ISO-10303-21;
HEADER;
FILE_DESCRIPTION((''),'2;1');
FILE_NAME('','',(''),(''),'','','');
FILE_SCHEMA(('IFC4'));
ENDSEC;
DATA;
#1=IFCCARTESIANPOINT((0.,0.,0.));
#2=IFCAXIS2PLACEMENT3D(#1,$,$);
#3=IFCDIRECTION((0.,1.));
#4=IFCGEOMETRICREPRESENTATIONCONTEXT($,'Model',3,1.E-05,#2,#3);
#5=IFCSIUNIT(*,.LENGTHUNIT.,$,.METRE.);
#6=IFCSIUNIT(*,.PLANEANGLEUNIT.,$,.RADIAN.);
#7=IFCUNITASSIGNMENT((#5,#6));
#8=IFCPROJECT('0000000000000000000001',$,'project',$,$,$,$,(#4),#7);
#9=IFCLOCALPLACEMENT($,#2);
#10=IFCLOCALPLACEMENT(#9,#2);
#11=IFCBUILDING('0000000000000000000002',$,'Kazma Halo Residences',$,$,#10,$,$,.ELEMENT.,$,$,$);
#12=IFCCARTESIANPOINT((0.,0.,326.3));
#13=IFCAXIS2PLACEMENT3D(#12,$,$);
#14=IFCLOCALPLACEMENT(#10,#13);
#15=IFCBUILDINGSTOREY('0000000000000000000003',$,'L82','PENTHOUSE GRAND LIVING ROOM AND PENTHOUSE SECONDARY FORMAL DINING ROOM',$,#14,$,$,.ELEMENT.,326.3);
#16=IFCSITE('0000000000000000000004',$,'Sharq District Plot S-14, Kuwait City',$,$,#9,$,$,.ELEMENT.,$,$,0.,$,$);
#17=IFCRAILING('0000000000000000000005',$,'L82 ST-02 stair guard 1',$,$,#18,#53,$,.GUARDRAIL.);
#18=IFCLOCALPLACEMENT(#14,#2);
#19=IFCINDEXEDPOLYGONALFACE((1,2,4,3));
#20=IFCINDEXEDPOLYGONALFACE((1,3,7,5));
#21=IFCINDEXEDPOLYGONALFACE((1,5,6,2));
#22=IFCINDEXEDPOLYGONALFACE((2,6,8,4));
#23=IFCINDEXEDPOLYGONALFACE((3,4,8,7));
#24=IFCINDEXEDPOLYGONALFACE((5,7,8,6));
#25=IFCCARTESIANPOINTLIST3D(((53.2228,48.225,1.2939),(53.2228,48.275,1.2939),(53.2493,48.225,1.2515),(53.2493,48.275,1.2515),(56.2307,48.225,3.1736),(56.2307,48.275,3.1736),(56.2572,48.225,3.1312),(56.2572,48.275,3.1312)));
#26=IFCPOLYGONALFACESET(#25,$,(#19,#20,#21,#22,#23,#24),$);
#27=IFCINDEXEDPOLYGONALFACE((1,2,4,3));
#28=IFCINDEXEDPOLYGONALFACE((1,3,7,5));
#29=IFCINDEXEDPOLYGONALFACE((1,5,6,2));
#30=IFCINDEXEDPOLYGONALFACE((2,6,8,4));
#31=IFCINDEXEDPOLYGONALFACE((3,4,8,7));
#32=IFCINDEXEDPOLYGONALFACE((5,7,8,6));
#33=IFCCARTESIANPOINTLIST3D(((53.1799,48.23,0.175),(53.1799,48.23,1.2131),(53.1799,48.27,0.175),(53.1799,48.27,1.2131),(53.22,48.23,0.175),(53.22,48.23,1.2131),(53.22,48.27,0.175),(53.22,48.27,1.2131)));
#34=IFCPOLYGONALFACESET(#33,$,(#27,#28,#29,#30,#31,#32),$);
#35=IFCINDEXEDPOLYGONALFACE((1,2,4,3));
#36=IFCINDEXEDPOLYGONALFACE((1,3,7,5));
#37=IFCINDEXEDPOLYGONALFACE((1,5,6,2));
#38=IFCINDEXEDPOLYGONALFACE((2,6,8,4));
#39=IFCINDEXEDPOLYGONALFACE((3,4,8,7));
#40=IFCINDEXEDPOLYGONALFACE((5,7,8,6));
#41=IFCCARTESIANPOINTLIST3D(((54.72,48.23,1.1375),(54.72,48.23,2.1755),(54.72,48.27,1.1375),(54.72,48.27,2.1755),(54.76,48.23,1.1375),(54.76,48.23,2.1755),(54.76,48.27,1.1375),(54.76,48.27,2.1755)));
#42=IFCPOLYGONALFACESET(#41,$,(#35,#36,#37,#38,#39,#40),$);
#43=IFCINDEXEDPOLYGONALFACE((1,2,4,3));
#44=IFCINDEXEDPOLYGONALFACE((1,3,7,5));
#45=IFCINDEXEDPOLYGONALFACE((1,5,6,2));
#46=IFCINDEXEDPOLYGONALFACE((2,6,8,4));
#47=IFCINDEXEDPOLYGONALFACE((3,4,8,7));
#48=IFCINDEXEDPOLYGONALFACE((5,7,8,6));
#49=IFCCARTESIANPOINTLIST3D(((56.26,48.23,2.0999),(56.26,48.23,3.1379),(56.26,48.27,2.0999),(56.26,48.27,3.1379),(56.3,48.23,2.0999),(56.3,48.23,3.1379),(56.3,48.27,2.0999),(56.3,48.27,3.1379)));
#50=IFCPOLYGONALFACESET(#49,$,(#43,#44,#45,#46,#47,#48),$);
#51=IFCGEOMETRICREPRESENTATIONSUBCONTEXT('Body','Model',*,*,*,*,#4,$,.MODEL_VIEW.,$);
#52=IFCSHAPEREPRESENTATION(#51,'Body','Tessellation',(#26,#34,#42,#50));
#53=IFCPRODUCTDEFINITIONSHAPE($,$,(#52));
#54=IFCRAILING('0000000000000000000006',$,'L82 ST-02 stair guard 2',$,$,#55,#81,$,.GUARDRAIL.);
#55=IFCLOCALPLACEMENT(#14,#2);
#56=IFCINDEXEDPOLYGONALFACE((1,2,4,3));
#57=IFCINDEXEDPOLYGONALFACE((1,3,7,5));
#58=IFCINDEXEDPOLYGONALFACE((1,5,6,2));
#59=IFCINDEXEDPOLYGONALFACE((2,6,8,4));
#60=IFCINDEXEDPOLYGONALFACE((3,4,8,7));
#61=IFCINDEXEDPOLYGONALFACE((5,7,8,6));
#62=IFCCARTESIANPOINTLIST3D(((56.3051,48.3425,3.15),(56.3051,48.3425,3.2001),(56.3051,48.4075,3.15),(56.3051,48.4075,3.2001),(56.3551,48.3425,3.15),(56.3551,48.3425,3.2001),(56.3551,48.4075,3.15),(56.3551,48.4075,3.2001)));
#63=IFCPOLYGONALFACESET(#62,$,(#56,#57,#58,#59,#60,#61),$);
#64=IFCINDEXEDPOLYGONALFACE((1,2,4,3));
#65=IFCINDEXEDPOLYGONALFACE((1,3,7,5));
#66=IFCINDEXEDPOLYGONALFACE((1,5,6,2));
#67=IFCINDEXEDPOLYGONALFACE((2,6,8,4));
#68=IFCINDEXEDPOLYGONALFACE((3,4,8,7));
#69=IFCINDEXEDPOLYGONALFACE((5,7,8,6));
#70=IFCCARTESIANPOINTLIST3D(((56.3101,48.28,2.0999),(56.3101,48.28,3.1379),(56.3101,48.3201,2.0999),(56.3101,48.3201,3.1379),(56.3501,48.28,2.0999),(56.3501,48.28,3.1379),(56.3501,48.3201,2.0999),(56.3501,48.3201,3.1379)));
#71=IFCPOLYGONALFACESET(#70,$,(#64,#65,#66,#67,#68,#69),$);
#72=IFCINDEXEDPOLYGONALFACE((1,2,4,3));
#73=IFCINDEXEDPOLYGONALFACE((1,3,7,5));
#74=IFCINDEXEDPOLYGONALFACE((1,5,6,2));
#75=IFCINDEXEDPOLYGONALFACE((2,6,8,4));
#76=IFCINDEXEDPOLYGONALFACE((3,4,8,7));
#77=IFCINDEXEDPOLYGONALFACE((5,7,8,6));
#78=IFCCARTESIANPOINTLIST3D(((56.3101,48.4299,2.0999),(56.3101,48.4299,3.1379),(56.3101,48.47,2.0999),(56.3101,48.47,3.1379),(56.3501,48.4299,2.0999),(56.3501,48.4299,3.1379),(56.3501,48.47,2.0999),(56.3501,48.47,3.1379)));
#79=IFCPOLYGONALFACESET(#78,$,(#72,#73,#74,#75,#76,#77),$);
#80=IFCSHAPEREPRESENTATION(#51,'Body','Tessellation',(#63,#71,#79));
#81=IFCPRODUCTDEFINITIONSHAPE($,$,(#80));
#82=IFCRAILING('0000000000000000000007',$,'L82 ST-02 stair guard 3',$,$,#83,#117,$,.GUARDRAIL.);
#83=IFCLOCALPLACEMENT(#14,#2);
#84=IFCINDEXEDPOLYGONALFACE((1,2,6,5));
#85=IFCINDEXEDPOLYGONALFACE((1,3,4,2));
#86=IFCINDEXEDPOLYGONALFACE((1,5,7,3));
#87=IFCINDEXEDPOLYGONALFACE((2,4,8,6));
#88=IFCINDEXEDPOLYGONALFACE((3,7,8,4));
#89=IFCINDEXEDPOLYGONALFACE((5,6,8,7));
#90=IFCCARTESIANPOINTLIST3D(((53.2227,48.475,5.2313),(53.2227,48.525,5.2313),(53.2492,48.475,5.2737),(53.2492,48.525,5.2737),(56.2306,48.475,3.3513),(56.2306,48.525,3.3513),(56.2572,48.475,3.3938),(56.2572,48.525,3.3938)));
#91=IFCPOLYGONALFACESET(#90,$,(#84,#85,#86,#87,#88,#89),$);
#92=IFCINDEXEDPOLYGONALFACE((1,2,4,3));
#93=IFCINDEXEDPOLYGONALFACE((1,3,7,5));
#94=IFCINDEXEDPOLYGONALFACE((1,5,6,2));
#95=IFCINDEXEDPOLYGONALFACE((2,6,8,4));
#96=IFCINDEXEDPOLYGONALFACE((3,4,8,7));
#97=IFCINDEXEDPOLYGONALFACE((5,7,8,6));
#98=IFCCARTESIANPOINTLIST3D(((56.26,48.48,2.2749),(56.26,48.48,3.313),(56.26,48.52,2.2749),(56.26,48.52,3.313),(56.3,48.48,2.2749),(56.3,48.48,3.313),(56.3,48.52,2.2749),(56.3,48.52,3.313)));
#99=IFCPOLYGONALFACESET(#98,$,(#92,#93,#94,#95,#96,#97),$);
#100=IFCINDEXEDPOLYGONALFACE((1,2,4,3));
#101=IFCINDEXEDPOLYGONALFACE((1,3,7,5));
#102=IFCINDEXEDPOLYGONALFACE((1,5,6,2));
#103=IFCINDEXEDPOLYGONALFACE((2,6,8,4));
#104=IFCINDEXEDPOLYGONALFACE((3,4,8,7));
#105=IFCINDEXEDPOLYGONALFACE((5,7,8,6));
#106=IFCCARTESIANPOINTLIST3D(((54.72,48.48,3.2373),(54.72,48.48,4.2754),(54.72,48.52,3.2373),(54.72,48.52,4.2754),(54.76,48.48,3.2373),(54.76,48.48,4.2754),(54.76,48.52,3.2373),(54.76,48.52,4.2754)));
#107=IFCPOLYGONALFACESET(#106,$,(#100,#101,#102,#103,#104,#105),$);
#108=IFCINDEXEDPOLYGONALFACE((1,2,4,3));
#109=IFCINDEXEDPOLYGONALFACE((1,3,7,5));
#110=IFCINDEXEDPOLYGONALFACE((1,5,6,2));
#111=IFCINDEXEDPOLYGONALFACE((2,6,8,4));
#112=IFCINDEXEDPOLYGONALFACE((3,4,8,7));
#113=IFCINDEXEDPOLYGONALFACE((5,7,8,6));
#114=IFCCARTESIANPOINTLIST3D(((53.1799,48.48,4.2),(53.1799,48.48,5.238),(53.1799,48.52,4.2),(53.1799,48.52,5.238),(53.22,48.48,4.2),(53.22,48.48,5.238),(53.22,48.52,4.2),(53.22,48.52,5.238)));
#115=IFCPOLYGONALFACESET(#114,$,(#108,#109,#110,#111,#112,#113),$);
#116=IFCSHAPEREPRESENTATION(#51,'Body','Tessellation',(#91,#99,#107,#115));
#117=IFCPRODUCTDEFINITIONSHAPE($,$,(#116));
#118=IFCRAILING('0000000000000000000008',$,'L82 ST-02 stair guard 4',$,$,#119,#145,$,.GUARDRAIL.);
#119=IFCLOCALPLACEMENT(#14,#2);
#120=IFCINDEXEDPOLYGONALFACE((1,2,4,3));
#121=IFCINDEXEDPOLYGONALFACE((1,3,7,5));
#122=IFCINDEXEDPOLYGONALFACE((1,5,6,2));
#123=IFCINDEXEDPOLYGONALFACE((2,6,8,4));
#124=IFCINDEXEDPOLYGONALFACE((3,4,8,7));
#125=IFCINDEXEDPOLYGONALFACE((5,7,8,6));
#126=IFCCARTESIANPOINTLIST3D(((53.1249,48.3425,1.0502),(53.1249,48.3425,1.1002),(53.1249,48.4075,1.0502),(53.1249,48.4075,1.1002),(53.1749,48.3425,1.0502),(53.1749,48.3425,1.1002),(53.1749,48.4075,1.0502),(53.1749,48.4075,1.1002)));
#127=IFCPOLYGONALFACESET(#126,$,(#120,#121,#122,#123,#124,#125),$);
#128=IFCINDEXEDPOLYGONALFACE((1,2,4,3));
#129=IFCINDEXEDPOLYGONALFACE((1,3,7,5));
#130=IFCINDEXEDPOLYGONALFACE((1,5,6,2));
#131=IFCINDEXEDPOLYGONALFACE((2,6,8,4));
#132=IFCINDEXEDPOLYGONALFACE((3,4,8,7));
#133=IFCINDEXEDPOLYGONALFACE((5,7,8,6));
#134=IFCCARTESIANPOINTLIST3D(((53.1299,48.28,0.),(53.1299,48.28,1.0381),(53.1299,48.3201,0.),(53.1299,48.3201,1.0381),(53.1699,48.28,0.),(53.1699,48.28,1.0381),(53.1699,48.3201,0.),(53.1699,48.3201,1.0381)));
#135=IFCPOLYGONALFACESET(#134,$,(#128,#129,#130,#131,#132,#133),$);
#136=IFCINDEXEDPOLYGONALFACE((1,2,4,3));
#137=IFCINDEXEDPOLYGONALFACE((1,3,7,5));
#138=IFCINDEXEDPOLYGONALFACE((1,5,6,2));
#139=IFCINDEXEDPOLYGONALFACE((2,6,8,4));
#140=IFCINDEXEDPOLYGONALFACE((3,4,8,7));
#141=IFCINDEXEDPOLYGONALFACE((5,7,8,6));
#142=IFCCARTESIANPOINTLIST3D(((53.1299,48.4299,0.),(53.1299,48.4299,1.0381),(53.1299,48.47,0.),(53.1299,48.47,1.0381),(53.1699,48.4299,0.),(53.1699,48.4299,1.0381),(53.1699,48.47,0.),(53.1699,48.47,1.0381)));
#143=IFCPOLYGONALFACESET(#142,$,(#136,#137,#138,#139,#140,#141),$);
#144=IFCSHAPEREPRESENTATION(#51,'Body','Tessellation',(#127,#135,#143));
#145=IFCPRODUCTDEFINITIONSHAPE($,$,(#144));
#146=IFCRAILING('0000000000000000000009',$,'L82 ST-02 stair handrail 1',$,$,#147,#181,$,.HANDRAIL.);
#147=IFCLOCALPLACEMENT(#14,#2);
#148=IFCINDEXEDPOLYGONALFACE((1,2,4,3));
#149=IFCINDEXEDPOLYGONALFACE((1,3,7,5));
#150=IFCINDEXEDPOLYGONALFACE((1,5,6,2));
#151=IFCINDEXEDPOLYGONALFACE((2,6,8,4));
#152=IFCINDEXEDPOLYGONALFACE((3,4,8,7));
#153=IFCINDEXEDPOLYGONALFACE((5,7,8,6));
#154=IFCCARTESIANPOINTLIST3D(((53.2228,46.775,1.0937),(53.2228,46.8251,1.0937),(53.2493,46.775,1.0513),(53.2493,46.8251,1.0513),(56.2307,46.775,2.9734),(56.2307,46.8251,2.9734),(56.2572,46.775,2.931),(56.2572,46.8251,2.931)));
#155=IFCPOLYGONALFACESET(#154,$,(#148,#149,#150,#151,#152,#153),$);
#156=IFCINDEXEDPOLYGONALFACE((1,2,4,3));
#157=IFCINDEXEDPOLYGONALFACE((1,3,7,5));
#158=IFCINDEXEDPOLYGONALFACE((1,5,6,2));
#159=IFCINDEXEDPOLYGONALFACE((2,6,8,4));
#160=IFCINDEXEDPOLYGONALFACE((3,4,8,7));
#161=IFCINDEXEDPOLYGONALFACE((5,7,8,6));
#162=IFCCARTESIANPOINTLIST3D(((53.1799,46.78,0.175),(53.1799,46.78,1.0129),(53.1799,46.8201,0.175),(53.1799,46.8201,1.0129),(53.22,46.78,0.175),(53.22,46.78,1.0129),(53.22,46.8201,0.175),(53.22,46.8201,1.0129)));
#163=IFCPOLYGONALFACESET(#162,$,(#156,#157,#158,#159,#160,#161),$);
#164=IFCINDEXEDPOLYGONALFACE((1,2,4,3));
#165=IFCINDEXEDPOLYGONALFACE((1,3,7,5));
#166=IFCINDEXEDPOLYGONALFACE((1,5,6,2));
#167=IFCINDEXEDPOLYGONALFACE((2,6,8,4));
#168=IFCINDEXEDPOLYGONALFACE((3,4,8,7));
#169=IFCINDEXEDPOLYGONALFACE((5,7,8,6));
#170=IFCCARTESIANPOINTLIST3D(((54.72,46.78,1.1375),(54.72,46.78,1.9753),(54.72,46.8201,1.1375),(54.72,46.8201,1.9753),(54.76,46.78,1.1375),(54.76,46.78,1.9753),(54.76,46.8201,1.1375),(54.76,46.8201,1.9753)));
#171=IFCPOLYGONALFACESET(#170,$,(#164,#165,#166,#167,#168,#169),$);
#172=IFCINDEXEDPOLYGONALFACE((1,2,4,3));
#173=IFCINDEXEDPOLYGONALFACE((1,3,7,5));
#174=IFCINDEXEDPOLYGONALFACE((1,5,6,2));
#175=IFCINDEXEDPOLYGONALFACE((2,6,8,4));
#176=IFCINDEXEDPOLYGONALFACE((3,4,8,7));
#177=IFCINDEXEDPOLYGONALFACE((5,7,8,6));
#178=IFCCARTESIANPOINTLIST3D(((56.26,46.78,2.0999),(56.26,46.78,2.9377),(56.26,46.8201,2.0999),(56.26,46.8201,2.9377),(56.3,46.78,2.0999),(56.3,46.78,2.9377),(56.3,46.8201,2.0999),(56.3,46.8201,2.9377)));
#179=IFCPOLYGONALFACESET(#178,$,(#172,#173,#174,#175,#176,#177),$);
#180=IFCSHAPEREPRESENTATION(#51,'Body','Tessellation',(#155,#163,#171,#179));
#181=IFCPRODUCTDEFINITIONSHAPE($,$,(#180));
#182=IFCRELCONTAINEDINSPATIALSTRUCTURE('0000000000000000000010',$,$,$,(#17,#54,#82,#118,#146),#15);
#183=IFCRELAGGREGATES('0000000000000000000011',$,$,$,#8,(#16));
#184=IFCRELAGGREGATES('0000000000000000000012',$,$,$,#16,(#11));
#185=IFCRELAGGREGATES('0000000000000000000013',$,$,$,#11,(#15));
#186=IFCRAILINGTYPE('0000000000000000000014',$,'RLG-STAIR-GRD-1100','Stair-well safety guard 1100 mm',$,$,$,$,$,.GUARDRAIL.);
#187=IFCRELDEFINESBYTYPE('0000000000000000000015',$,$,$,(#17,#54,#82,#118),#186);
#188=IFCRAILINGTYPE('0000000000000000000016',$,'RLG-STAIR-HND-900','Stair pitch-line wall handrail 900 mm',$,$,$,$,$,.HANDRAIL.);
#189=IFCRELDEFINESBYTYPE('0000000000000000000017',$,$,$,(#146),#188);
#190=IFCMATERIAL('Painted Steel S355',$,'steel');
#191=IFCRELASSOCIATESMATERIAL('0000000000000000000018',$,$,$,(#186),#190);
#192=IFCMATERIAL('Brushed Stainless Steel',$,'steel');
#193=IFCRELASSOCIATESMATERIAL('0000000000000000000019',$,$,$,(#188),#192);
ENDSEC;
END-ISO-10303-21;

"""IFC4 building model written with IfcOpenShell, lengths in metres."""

from ifc_helpers import new_model, si_unit, direction, frame, origin, origin_2d, place, context, subcontext, project, spatial, rectangle, extrude, material, type_object, element, save


model = new_model("IFC4")

# Units and contexts
model_context = context("Model", 3, precision=1e-05, world=origin(), true_north=direction((0.0, 1.0)))
body_context = subcontext(model_context, "Body", "Model", "MODEL_VIEW")
ifc_project = project(units=[si_unit("LENGTHUNIT", "METRE"), si_unit("PLANEANGLEUNIT", "RADIAN")], contexts=[model_context])

# Site, building, storey
site_placement = place(None, origin())
site = spatial("IfcSite", under=ifc_project, at=site_placement, Name="Sharq District Plot S-14, Kuwait City", CompositionType="ELEMENT", RefElevation=0.0)
building_placement = place(site_placement, origin())
building = spatial("IfcBuilding", under=site, at=building_placement, Name="Kazma Halo Residences", CompositionType="ELEMENT")
storey_placement = place(building_placement, frame((0.0, 0.0, 326.3)))
storey = spatial("IfcBuildingStorey", under=building, at=storey_placement, Name="L82", Description="PENTHOUSE GRAND LIVING ROOM AND PENTHOUSE SECONDARY FORMAL DINING ROOM", CompositionType="ELEMENT", Elevation=326.3)

# Railings
ifc_material_1 = material(Name="Painted Steel S355", Category="steel")
railing_type_1 = type_object("IfcRailingType", Name="RLG-STAIR-GRD-1100", Description="Stair-well safety guard 1100 mm", PredefinedType="GUARDRAIL", material=ifc_material_1)
railing_1_placement = place(storey_placement, frame((53.2, 48.25, 0.175)))
element("IfcRailing", 1, at=railing_1_placement, inside=storey, type_object=railing_type_1, Name="L82 ST-02 stair guard 1", PredefinedType="GUARDRAIL", context=body_context, shape_type="SweptSolid", body=[
    extrude(rectangle(XDim=0.05, YDim=0.05, at=origin_2d()), frame((0.0361, 0.0, 1.0977), z_axis=(0.848029, 0.0, 0.529951), x_axis=(0.0, 1.0, 0.0)), (0.0, 0.0, 1.0), 3.5469),
    extrude(rectangle(XDim=0.04, YDim=0.04, at=origin_2d()), origin(), (0.0, 0.0, 1.0), 1.0381),
    extrude(rectangle(XDim=0.04, YDim=0.04, at=origin_2d()), frame((1.54, 0.0, 0.9624)), (0.0, 0.0, 1.0), 1.0381),
    extrude(rectangle(XDim=0.04, YDim=0.04, at=origin_2d()), frame((3.0801, 0.0, 1.9248)), (0.0, 0.0, 1.0), 1.0381),
])
railing_2_placement = place(storey_placement, frame((56.3301, 48.3, 2.0999)))
element("IfcRailing", 2, at=railing_2_placement, inside=storey, type_object=railing_type_1, Name="L82 ST-02 stair guard 2", PredefinedType="GUARDRAIL", context=body_context, shape_type="SweptSolid", body=[
    extrude(rectangle(XDim=0.05, YDim=0.05, at=origin_2d()), frame((0.0, 0.0425, 1.0752), z_axis=(0.0, 1.0, 0.0), x_axis=(-1.0, 0.0, 0.0)), (0.0, 0.0, 1.0), 0.0649),
    extrude(rectangle(XDim=0.04, YDim=0.04, at=origin_2d()), origin(), (0.0, 0.0, 1.0), 1.0381),
    extrude(rectangle(XDim=0.04, YDim=0.04, at=origin_2d()), frame((0.0, 0.1499, 0.0)), (0.0, 0.0, 1.0), 1.0381),
])
railing_3_placement = place(storey_placement, frame((56.28, 48.5, 2.2749)))
element("IfcRailing", 3, at=railing_3_placement, inside=storey, type_object=railing_type_1, Name="L82 ST-02 stair guard 3", PredefinedType="GUARDRAIL", context=body_context, shape_type="SweptSolid", body=[
    extrude(rectangle(XDim=0.05, YDim=0.05, at=origin_2d()), frame((-0.0361, 0.0, 1.0977), z_axis=(-0.847998, 0.0, 0.529999), x_axis=(0.0, -1.0, 0.0)), (0.0, 0.0, 1.0), 3.5471),
    extrude(rectangle(XDim=0.04, YDim=0.04, at=origin_2d()), origin(), (0.0, 0.0, 1.0), 1.0381),
    extrude(rectangle(XDim=0.04, YDim=0.04, at=origin_2d()), frame((-1.54, 0.0, 0.9624)), (0.0, 0.0, 1.0), 1.0381),
    extrude(rectangle(XDim=0.04, YDim=0.04, at=origin_2d()), frame((-3.0801, 0.0, 1.925)), (0.0, 0.0, 1.0), 1.0381),
])
railing_4_placement = place(storey_placement, frame((53.1499, 48.3, 0.0)))
element("IfcRailing", 4, at=railing_4_placement, inside=storey, type_object=railing_type_1, Name="L82 ST-02 stair guard 4", PredefinedType="GUARDRAIL", context=body_context, shape_type="SweptSolid", body=[
    extrude(rectangle(XDim=0.05, YDim=0.05, at=origin_2d()), frame((0.0, 0.0425, 1.0752), z_axis=(0.0, 1.0, 0.0), x_axis=(-1.0, 0.0, 0.0)), (0.0, 0.0, 1.0), 0.0649),
    extrude(rectangle(XDim=0.04, YDim=0.04, at=origin_2d()), origin(), (0.0, 0.0, 1.0), 1.0381),
    extrude(rectangle(XDim=0.04, YDim=0.04, at=origin_2d()), frame((0.0, 0.1499, 0.0)), (0.0, 0.0, 1.0), 1.0381),
])
ifc_material_2 = material(Name="Brushed Stainless Steel", Category="steel")
railing_type_2 = type_object("IfcRailingType", Name="RLG-STAIR-HND-900", Description="Stair pitch-line wall handrail 900 mm", PredefinedType="HANDRAIL", material=ifc_material_2)
railing_5_placement = place(storey_placement, frame((53.2, 46.8, 0.175)))
element("IfcRailing", 5, at=railing_5_placement, inside=storey, type_object=railing_type_2, Name="L82 ST-02 stair handrail 1", PredefinedType="HANDRAIL", context=body_context, shape_type="SweptSolid", body=[
    extrude(rectangle(XDim=0.05, YDim=0.05, at=origin_2d()), frame((0.0361, 0.0, 0.8975), z_axis=(0.848029, 0.0, 0.529951), x_axis=(0.0, 1.0, 0.0)), (0.0, 0.0, 1.0), 3.5469),
    extrude(rectangle(XDim=0.04, YDim=0.04, at=origin_2d()), origin(), (0.0, 0.0, 1.0), 0.8379),
    extrude(rectangle(XDim=0.04, YDim=0.04, at=origin_2d()), frame((1.54, 0.0, 0.9624)), (0.0, 0.0, 1.0), 0.8379),
    extrude(rectangle(XDim=0.04, YDim=0.04, at=origin_2d()), frame((3.0801, 0.0, 1.9248)), (0.0, 0.0, 1.0), 0.8379),
])

save(model, "model.ifc")
